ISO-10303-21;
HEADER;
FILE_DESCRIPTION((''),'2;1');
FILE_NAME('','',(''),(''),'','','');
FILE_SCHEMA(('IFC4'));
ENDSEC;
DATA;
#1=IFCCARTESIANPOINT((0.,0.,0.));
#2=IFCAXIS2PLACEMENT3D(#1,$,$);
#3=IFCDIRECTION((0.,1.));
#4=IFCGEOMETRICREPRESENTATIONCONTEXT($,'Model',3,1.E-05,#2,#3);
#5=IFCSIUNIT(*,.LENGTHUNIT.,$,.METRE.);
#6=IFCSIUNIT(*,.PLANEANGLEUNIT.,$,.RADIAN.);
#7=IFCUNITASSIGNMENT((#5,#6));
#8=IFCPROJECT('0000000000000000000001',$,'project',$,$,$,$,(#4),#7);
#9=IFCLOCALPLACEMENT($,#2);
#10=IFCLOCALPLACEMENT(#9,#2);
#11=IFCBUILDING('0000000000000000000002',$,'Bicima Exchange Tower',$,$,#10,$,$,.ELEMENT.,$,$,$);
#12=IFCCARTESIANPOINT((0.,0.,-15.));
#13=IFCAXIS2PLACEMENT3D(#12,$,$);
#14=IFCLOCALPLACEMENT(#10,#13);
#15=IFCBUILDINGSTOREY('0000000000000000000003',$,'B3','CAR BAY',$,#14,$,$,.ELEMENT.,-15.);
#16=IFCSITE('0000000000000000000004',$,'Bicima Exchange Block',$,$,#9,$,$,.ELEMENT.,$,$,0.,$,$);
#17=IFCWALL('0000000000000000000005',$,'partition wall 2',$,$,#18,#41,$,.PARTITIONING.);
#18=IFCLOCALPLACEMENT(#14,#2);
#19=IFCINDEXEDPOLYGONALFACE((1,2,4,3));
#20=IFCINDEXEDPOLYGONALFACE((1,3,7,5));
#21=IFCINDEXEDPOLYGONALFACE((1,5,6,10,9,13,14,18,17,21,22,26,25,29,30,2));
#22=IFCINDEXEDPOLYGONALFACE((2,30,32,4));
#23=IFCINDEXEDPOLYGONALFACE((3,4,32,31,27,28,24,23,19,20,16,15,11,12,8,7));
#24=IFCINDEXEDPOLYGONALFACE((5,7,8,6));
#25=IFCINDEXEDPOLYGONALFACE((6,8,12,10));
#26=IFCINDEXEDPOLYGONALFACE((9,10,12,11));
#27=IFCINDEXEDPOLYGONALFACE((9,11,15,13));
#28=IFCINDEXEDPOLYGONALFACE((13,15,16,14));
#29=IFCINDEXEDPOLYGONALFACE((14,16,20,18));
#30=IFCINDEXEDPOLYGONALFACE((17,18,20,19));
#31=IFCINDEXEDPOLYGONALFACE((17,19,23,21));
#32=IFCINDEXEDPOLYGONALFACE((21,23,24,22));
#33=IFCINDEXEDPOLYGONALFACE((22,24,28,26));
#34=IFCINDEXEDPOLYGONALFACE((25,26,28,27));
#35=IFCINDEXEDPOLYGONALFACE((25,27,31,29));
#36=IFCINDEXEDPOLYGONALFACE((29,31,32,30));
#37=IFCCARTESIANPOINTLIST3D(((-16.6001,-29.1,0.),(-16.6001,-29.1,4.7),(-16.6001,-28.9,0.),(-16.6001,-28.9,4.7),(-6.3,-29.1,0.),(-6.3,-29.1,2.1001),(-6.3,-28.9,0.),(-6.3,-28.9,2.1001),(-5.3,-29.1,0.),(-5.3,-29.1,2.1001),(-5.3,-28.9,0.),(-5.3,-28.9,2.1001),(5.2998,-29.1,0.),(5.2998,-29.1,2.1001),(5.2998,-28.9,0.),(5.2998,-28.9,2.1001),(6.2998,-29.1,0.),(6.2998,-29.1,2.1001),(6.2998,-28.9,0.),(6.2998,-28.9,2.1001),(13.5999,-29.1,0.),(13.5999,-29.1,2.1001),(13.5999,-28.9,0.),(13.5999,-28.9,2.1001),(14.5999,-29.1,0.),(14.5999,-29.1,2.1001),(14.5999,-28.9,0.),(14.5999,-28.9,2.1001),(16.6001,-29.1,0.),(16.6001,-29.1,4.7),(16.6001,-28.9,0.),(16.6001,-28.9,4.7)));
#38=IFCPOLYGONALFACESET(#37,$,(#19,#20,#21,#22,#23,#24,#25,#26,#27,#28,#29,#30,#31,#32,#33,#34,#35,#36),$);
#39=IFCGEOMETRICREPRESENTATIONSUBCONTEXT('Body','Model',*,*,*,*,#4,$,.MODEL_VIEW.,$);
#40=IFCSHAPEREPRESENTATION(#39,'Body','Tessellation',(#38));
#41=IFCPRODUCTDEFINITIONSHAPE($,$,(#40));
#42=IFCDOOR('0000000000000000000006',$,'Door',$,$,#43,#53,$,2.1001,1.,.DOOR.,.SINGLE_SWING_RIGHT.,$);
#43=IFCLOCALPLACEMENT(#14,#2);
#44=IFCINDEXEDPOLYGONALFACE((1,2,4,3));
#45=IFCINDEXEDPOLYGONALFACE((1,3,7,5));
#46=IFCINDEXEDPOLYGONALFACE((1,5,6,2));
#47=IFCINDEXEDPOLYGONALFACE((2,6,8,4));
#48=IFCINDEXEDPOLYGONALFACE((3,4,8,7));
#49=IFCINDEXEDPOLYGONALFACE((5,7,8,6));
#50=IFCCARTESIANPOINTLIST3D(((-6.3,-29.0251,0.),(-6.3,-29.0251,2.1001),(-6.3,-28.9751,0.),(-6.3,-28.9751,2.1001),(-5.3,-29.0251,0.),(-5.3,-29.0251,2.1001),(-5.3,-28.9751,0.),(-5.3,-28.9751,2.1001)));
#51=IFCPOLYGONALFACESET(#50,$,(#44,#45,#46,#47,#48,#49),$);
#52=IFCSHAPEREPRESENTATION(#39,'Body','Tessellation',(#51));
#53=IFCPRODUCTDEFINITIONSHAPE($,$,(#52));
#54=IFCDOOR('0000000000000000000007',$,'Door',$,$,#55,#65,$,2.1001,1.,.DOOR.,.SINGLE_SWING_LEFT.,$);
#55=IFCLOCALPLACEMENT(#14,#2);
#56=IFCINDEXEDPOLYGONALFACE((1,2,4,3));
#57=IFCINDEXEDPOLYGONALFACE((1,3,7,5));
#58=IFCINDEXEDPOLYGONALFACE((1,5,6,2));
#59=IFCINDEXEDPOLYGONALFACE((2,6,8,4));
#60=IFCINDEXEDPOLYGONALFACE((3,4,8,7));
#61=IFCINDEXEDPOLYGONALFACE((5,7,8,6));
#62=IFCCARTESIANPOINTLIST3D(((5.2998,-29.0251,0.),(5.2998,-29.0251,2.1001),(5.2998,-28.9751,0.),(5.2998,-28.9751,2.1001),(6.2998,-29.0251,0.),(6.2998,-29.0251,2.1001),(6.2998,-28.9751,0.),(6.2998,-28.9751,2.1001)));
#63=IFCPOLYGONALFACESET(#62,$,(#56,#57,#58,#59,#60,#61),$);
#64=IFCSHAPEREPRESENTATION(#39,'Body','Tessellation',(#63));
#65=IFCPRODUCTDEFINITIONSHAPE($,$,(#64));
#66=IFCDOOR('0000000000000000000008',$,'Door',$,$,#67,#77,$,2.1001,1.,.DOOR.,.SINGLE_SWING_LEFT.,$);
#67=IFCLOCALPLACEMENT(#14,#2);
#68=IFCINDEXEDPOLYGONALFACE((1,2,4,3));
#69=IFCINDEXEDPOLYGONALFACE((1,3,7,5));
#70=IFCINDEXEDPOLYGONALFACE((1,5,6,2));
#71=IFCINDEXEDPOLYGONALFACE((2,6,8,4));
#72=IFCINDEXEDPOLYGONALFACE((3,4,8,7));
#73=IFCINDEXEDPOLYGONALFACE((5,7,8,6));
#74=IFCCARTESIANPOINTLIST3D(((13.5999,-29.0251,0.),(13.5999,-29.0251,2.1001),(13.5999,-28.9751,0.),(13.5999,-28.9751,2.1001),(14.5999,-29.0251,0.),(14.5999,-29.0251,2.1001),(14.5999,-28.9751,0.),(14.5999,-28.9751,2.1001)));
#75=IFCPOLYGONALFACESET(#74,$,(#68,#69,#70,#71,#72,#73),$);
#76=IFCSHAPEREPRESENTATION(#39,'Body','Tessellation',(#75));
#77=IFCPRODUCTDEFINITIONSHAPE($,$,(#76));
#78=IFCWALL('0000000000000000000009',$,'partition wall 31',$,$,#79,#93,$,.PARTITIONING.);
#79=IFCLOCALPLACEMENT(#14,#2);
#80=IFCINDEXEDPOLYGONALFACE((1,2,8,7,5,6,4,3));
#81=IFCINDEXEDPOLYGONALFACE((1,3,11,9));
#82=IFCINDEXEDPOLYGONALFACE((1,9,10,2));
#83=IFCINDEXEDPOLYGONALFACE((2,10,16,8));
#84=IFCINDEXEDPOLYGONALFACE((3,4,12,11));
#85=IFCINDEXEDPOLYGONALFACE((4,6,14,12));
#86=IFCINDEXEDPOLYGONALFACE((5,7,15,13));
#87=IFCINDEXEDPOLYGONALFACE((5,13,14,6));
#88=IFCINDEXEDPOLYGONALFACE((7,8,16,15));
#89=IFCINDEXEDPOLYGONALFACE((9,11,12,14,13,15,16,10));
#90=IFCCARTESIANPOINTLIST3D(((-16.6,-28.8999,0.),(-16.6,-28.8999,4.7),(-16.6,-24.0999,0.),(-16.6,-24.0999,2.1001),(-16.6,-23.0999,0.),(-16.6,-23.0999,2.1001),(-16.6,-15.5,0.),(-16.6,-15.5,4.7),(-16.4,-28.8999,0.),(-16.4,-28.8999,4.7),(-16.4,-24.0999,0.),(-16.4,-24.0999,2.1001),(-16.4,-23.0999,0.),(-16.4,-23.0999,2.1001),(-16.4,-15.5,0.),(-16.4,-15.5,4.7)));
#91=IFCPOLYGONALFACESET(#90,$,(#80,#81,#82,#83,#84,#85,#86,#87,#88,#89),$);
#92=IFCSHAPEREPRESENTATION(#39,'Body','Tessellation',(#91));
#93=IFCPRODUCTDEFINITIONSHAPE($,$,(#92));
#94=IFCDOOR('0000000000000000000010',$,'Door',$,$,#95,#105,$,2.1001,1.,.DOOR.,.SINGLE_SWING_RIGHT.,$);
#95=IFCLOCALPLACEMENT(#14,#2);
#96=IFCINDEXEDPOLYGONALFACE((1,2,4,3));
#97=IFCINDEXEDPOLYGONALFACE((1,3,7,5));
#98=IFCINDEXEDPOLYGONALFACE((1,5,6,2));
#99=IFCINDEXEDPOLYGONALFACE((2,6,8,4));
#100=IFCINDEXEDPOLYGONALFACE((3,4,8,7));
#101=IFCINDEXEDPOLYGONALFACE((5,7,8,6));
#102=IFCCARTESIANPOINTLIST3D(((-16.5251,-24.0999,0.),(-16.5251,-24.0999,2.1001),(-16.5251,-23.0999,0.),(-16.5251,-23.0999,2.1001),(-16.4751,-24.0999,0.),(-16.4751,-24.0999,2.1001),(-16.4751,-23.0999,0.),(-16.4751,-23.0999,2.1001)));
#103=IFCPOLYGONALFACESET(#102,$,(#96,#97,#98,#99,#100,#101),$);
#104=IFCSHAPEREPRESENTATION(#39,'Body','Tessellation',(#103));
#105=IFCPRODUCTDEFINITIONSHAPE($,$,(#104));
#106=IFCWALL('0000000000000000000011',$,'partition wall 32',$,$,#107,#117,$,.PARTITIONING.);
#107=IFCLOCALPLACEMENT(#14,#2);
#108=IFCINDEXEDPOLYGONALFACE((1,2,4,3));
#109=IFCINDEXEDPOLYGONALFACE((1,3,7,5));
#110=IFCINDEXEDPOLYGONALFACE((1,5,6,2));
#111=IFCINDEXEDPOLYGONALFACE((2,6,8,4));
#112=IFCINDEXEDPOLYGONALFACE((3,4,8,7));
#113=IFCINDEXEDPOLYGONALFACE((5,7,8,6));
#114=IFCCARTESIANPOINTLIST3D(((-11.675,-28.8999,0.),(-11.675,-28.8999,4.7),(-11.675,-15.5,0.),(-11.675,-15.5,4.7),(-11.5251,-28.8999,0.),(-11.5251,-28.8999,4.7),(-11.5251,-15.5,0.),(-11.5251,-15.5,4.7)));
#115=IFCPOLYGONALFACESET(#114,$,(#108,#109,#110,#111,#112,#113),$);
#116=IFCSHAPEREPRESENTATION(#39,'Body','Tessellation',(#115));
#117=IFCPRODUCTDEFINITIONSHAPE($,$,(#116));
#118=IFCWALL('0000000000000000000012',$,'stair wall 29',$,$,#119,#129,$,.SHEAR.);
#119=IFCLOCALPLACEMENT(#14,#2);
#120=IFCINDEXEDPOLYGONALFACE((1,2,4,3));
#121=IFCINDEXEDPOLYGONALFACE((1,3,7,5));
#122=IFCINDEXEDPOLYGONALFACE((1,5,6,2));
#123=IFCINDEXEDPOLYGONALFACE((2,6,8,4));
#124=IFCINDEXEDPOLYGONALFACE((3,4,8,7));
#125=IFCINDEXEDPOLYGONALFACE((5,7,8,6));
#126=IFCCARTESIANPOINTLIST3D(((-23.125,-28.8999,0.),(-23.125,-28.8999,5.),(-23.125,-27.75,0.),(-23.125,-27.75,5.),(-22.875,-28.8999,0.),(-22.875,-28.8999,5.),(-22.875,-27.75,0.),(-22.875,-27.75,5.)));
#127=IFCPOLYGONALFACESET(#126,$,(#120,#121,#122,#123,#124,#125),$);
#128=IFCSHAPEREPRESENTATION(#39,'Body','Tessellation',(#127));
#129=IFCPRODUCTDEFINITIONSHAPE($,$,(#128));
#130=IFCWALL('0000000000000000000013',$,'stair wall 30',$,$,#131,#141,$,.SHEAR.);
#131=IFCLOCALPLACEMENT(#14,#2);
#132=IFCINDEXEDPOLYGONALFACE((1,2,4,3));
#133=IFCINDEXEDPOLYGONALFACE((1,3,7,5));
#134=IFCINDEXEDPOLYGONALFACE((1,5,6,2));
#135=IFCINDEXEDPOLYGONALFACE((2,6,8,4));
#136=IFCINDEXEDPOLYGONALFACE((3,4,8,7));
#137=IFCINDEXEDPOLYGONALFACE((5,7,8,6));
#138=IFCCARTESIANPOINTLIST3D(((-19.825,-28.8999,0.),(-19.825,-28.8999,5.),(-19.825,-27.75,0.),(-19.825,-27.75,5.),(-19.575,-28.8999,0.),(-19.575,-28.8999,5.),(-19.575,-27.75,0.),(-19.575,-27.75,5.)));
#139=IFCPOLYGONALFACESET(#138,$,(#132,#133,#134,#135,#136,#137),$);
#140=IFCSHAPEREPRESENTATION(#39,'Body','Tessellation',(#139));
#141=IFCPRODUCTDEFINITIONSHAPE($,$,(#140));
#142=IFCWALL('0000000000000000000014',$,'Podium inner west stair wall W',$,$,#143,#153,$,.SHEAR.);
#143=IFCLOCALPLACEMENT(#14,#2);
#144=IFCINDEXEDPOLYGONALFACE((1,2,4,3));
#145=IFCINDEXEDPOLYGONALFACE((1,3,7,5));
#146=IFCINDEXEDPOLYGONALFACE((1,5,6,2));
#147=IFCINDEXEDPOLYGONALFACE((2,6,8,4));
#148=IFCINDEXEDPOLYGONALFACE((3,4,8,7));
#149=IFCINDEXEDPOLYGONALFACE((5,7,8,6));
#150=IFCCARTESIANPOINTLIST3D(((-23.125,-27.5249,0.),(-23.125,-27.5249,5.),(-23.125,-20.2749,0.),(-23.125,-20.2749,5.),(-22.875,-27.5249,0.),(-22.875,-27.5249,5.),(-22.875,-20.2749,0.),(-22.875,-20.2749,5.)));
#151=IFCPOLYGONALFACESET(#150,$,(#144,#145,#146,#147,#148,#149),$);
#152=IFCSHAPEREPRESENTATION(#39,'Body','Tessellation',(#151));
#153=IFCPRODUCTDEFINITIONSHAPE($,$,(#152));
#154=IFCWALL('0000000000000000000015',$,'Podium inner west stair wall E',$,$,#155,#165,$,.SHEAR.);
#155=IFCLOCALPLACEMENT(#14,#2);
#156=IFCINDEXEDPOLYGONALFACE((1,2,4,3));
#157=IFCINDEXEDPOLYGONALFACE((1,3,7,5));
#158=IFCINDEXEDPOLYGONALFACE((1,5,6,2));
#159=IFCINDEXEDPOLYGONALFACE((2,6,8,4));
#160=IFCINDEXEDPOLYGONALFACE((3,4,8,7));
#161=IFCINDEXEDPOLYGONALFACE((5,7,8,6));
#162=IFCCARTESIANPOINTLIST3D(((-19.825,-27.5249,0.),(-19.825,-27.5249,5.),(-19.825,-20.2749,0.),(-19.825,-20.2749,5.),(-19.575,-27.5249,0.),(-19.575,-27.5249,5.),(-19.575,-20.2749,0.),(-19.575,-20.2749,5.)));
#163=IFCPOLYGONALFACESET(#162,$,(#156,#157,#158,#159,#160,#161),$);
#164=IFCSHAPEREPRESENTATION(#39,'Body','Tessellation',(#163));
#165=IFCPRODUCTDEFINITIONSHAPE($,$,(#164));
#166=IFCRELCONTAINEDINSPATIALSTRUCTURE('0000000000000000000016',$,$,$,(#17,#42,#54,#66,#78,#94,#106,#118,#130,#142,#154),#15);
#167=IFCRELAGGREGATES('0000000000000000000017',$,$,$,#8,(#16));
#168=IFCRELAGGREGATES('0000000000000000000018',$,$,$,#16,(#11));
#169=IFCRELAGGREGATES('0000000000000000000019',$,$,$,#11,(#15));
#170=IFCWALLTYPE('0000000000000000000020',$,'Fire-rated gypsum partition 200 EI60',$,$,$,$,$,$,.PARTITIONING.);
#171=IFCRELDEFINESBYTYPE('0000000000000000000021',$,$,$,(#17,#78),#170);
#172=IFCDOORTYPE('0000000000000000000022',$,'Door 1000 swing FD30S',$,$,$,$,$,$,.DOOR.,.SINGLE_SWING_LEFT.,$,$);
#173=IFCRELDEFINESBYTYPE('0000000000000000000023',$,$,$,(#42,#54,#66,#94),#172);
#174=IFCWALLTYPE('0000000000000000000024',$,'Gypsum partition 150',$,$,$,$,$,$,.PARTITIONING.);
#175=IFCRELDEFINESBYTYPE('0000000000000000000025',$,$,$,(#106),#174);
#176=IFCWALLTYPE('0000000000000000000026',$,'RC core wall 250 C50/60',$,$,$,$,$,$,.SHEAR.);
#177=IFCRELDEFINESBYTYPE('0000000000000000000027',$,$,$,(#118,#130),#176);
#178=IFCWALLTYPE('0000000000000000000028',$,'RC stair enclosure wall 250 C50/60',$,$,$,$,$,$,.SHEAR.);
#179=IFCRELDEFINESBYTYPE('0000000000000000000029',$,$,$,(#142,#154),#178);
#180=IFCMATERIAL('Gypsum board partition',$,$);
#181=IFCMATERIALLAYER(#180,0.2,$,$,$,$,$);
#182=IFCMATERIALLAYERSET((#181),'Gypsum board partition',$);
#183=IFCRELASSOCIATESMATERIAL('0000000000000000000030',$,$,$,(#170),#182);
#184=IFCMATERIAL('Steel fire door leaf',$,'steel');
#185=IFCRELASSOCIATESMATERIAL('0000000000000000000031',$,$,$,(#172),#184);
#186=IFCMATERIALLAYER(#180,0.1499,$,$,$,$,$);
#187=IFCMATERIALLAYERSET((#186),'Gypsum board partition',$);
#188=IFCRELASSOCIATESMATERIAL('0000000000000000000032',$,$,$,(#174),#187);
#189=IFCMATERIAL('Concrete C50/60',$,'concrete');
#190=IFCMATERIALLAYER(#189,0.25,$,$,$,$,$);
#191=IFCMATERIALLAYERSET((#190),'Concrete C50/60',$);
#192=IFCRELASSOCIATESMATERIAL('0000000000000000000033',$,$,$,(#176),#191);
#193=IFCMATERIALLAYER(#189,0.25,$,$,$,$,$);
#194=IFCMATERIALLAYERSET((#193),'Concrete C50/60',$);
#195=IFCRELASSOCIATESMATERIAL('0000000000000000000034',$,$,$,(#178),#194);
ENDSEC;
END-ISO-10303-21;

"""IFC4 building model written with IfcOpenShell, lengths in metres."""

from ifc_helpers import new_model, si_unit, direction, frame, frame_2d, origin, place, context, subcontext, project, spatial, rectangle, extrude, material, layer, layer_set, type_object, element, fill, save


model = new_model("IFC4")

# Units and contexts
model_context = context("Model", 3, precision=1e-05, world=origin(), true_north=direction((0.0, 1.0)))
body_context = subcontext(model_context, "Body", "Model", "MODEL_VIEW")
ifc_project = project(units=[si_unit("LENGTHUNIT", "METRE"), si_unit("PLANEANGLEUNIT", "RADIAN")], contexts=[model_context])

# Site, building, storey
site_placement = place(None, origin())
site = spatial("IfcSite", under=ifc_project, at=site_placement, Name="Bicima Exchange Block", CompositionType="ELEMENT", RefElevation=0.0)
building_placement = place(site_placement, origin())
building = spatial("IfcBuilding", under=site, at=building_placement, Name="Bicima Exchange Tower", CompositionType="ELEMENT")
storey_placement = place(building_placement, frame((0.0, 0.0, -15.0)))
storey = spatial("IfcBuildingStorey", under=building, at=storey_placement, Name="B3", Description="CAR BAY", CompositionType="ELEMENT", Elevation=-15.0)

# Wall, openings, doors
ifc_material_1 = material(Name="Gypsum board partition")
ifc_layer_1 = layer(ifc_material_1, 0.2)
ifc_layer_set_1 = layer_set([ifc_layer_1], Name="Gypsum board partition")
wall_type_1 = type_object("IfcWallType", Name="Fire-rated gypsum partition 200 EI60", PredefinedType="PARTITIONING", material=ifc_layer_set_1)
wall_1_placement = place(storey_placement, frame((-16.6001, -29.0, 0.0), z_axis=(0.0, 0.0, 1.0), x_axis=(1.0, 0.0, 0.0)))
wall_1 = element("IfcWall", 1, at=wall_1_placement, inside=storey, type_object=wall_type_1, Name="partition wall 2", PredefinedType="PARTITIONING", context=body_context, shape_type="SweptSolid", body=[
    extrude(rectangle(XDim=33.2002, YDim=0.2, at=frame_2d((16.6001, 0.0))), origin(), (0.0, 0.0, 1.0), 4.7),
])
opening_1_placement = place(wall_1_placement, frame((10.3, 0.0, 0.0)))
opening_1 = element("IfcOpeningElement", 2, at=opening_1_placement, cuts=wall_1, PredefinedType="OPENING", context=body_context, shape_type="SweptSolid", body=[
    extrude(rectangle(XDim=1.0, YDim=2.1001, at=frame_2d((0.5, 1.05))), frame((0.0, 0.1118, 0.0), z_axis=(0.0, -1.0, 0.0), x_axis=(1.0, 0.0, 0.0)), (0.0, 0.0, 1.0), 0.2239),
])
opening_2_placement = place(wall_1_placement, frame((21.8999, 0.0, 0.0)))
opening_2 = element("IfcOpeningElement", 3, at=opening_2_placement, cuts=wall_1, PredefinedType="OPENING", context=body_context, shape_type="SweptSolid", body=[
    extrude(rectangle(XDim=1.0, YDim=2.1001, at=frame_2d((0.5, 1.05))), frame((0.0, 0.1118, 0.0), z_axis=(0.0, -1.0, 0.0), x_axis=(1.0, 0.0, 0.0)), (0.0, 0.0, 1.0), 0.2239),
])
opening_3_placement = place(wall_1_placement, frame((30.2, 0.0, 0.0)))
opening_3 = element("IfcOpeningElement", 4, at=opening_3_placement, cuts=wall_1, PredefinedType="OPENING", context=body_context, shape_type="SweptSolid", body=[
    extrude(rectangle(XDim=1.0, YDim=2.1001, at=frame_2d((0.5, 1.05))), frame((0.0, 0.1118, 0.0), z_axis=(0.0, -1.0, 0.0), x_axis=(1.0, 0.0, 0.0)), (0.0, 0.0, 1.0), 0.2239),
])
ifc_material_2 = material(Name="Steel fire door leaf", Category="steel")
door_type_1 = type_object("IfcDoorType", Name="Door 1000 swing FD30S", OperationType="SINGLE_SWING_LEFT", PredefinedType="DOOR", material=ifc_material_2)
door_1_placement = place(opening_1_placement, origin())
door_1 = element("IfcDoor", 5, at=door_1_placement, inside=storey, type_object=door_type_1, Name="Door", OperationType="SINGLE_SWING_RIGHT", OverallHeight=2.1001, OverallWidth=1.0, PredefinedType="DOOR", context=body_context, shape_type="SweptSolid", body=[
    extrude(rectangle(XDim=1.0, YDim=2.1001, at=frame_2d((0.5, 1.05))), frame((0.0, 0.0249, 0.0), z_axis=(0.0, -1.0, 0.0), x_axis=(1.0, 0.0, 0.0)), (0.0, 0.0, 1.0), 0.05),
])
fill(opening_1, door_1)
door_2_placement = place(opening_2_placement, origin())
door_2 = element("IfcDoor", 6, at=door_2_placement, inside=storey, type_object=door_type_1, Name="Door", OperationType="SINGLE_SWING_LEFT", OverallHeight=2.1001, OverallWidth=1.0, PredefinedType="DOOR", context=body_context, shape_type="SweptSolid", body=[
    extrude(rectangle(XDim=1.0, YDim=2.1001, at=frame_2d((0.5, 1.05))), frame((0.0, 0.0249, 0.0), z_axis=(0.0, -1.0, 0.0), x_axis=(1.0, 0.0, 0.0)), (0.0, 0.0, 1.0), 0.05),
])
fill(opening_2, door_2)
door_3_placement = place(opening_3_placement, origin())
door_3 = element("IfcDoor", 7, at=door_3_placement, inside=storey, type_object=door_type_1, Name="Door", OperationType="SINGLE_SWING_LEFT", OverallHeight=2.1001, OverallWidth=1.0, PredefinedType="DOOR", context=body_context, shape_type="SweptSolid", body=[
    extrude(rectangle(XDim=1.0, YDim=2.1001, at=frame_2d((0.5, 1.05))), frame((0.0, 0.0249, 0.0), z_axis=(0.0, -1.0, 0.0), x_axis=(1.0, 0.0, 0.0)), (0.0, 0.0, 1.0), 0.05),
])
fill(opening_3, door_3)

# Wall, opening, door
wall_2_placement = place(storey_placement, frame((-16.5, -28.8999, 0.0), z_axis=(0.0, 0.0, 1.0), x_axis=(0.0, 1.0, 0.0)))
wall_2 = element("IfcWall", 8, at=wall_2_placement, inside=storey, type_object=wall_type_1, Name="partition wall 31", PredefinedType="PARTITIONING", context=body_context, shape_type="SweptSolid", body=[
    extrude(rectangle(XDim=13.3999, YDim=0.2, at=frame_2d((6.7, 0.0))), origin(), (0.0, 0.0, 1.0), 4.7),
])
opening_4_placement = place(wall_2_placement, frame((4.8, 0.0, 0.0)))
opening_4 = element("IfcOpeningElement", 9, at=opening_4_placement, cuts=wall_2, PredefinedType="OPENING", context=body_context, shape_type="SweptSolid", body=[
    extrude(rectangle(XDim=1.0, YDim=2.1001, at=frame_2d((0.5, 1.05))), frame((0.0, 0.1118, 0.0), z_axis=(0.0, -1.0, 0.0), x_axis=(1.0, 0.0, 0.0)), (0.0, 0.0, 1.0), 0.2239),
])
door_4_placement = place(opening_4_placement, frame((1.0, 0.0, 0.0), z_axis=(0.0, 0.0, 1.0), x_axis=(-1.0, 0.0, 0.0)))
door_4 = element("IfcDoor", 10, at=door_4_placement, inside=storey, type_object=door_type_1, Name="Door", OperationType="SINGLE_SWING_RIGHT", OverallHeight=2.1001, OverallWidth=1.0, PredefinedType="DOOR", context=body_context, shape_type="SweptSolid", body=[
    extrude(rectangle(XDim=1.0, YDim=2.1001, at=frame_2d((0.5, 1.05))), frame((0.0, 0.0249, 0.0), z_axis=(0.0, -1.0, 0.0), x_axis=(1.0, 0.0, 0.0)), (0.0, 0.0, 1.0), 0.05),
])
fill(opening_4, door_4)

# Walls
ifc_layer_2 = layer(ifc_material_1, 0.1499)
ifc_layer_set_2 = layer_set([ifc_layer_2], Name="Gypsum board partition")
wall_type_2 = type_object("IfcWallType", Name="Gypsum partition 150", PredefinedType="PARTITIONING", material=ifc_layer_set_2)
wall_3_placement = place(storey_placement, frame((-11.6001, -28.8999, 0.0), z_axis=(0.0, 0.0, 1.0), x_axis=(0.0, 1.0, 0.0)))
element("IfcWall", 11, at=wall_3_placement, inside=storey, type_object=wall_type_2, Name="partition wall 32", PredefinedType="PARTITIONING", context=body_context, shape_type="SweptSolid", body=[
    extrude(rectangle(XDim=13.3999, YDim=0.1499, at=frame_2d((6.7, 0.0))), origin(), (0.0, 0.0, 1.0), 4.7),
])
ifc_material_3 = material(Name="Concrete C50/60", Category="concrete")
ifc_layer_3 = layer(ifc_material_3, 0.25)
ifc_layer_set_3 = layer_set([ifc_layer_3], Name="Concrete C50/60")
wall_type_3 = type_object("IfcWallType", Name="RC core wall 250 C50/60", PredefinedType="SHEAR", material=ifc_layer_set_3)
for number, where, z_axis, x_axis, name in (
    (12, (-23.0, -28.8999, 0.0), (0.0, 0.0, 1.0), (0.0, 1.0, 0.0), "stair wall 29"),
    (13, (-19.7, -28.8999, 0.0), (0.0, 0.0, 1.0), (0.0, 1.0, 0.0), "stair wall 30"),
):
    element("IfcWall", number, at=place(storey_placement, frame(where, z_axis=z_axis, x_axis=x_axis)), inside=storey, type_object=wall_type_3, Name=name, PredefinedType="SHEAR", context=body_context, shape_type="SweptSolid", body=[
        extrude(rectangle(XDim=1.1499, YDim=0.25, at=frame_2d((0.575, 0.0))), origin(), (0.0, 0.0, 1.0), 5.0),
    ])
ifc_layer_4 = layer(ifc_material_3, 0.25)
ifc_layer_set_4 = layer_set([ifc_layer_4], Name="Concrete C50/60")
wall_type_4 = type_object("IfcWallType", Name="RC stair enclosure wall 250 C50/60", PredefinedType="SHEAR", material=ifc_layer_set_4)
for number, where, z_axis, x_axis, name in (
    (14, (-23.0, -27.5249, 0.0), (0.0, 0.0, 1.0), (0.0, 1.0, 0.0), "Podium inner west stair wall W"),
    (15, (-19.7, -27.5249, 0.0), (0.0, 0.0, 1.0), (0.0, 1.0, 0.0), "Podium inner west stair wall E"),
):
    element("IfcWall", number, at=place(storey_placement, frame(where, z_axis=z_axis, x_axis=x_axis)), inside=storey, type_object=wall_type_4, Name=name, PredefinedType="SHEAR", context=body_context, shape_type="SweptSolid", body=[
        extrude(rectangle(XDim=7.25, YDim=0.25, at=frame_2d((3.625, 0.0))), origin(), (0.0, 0.0, 1.0), 5.0),
    ])

save(model, "model.ifc")
